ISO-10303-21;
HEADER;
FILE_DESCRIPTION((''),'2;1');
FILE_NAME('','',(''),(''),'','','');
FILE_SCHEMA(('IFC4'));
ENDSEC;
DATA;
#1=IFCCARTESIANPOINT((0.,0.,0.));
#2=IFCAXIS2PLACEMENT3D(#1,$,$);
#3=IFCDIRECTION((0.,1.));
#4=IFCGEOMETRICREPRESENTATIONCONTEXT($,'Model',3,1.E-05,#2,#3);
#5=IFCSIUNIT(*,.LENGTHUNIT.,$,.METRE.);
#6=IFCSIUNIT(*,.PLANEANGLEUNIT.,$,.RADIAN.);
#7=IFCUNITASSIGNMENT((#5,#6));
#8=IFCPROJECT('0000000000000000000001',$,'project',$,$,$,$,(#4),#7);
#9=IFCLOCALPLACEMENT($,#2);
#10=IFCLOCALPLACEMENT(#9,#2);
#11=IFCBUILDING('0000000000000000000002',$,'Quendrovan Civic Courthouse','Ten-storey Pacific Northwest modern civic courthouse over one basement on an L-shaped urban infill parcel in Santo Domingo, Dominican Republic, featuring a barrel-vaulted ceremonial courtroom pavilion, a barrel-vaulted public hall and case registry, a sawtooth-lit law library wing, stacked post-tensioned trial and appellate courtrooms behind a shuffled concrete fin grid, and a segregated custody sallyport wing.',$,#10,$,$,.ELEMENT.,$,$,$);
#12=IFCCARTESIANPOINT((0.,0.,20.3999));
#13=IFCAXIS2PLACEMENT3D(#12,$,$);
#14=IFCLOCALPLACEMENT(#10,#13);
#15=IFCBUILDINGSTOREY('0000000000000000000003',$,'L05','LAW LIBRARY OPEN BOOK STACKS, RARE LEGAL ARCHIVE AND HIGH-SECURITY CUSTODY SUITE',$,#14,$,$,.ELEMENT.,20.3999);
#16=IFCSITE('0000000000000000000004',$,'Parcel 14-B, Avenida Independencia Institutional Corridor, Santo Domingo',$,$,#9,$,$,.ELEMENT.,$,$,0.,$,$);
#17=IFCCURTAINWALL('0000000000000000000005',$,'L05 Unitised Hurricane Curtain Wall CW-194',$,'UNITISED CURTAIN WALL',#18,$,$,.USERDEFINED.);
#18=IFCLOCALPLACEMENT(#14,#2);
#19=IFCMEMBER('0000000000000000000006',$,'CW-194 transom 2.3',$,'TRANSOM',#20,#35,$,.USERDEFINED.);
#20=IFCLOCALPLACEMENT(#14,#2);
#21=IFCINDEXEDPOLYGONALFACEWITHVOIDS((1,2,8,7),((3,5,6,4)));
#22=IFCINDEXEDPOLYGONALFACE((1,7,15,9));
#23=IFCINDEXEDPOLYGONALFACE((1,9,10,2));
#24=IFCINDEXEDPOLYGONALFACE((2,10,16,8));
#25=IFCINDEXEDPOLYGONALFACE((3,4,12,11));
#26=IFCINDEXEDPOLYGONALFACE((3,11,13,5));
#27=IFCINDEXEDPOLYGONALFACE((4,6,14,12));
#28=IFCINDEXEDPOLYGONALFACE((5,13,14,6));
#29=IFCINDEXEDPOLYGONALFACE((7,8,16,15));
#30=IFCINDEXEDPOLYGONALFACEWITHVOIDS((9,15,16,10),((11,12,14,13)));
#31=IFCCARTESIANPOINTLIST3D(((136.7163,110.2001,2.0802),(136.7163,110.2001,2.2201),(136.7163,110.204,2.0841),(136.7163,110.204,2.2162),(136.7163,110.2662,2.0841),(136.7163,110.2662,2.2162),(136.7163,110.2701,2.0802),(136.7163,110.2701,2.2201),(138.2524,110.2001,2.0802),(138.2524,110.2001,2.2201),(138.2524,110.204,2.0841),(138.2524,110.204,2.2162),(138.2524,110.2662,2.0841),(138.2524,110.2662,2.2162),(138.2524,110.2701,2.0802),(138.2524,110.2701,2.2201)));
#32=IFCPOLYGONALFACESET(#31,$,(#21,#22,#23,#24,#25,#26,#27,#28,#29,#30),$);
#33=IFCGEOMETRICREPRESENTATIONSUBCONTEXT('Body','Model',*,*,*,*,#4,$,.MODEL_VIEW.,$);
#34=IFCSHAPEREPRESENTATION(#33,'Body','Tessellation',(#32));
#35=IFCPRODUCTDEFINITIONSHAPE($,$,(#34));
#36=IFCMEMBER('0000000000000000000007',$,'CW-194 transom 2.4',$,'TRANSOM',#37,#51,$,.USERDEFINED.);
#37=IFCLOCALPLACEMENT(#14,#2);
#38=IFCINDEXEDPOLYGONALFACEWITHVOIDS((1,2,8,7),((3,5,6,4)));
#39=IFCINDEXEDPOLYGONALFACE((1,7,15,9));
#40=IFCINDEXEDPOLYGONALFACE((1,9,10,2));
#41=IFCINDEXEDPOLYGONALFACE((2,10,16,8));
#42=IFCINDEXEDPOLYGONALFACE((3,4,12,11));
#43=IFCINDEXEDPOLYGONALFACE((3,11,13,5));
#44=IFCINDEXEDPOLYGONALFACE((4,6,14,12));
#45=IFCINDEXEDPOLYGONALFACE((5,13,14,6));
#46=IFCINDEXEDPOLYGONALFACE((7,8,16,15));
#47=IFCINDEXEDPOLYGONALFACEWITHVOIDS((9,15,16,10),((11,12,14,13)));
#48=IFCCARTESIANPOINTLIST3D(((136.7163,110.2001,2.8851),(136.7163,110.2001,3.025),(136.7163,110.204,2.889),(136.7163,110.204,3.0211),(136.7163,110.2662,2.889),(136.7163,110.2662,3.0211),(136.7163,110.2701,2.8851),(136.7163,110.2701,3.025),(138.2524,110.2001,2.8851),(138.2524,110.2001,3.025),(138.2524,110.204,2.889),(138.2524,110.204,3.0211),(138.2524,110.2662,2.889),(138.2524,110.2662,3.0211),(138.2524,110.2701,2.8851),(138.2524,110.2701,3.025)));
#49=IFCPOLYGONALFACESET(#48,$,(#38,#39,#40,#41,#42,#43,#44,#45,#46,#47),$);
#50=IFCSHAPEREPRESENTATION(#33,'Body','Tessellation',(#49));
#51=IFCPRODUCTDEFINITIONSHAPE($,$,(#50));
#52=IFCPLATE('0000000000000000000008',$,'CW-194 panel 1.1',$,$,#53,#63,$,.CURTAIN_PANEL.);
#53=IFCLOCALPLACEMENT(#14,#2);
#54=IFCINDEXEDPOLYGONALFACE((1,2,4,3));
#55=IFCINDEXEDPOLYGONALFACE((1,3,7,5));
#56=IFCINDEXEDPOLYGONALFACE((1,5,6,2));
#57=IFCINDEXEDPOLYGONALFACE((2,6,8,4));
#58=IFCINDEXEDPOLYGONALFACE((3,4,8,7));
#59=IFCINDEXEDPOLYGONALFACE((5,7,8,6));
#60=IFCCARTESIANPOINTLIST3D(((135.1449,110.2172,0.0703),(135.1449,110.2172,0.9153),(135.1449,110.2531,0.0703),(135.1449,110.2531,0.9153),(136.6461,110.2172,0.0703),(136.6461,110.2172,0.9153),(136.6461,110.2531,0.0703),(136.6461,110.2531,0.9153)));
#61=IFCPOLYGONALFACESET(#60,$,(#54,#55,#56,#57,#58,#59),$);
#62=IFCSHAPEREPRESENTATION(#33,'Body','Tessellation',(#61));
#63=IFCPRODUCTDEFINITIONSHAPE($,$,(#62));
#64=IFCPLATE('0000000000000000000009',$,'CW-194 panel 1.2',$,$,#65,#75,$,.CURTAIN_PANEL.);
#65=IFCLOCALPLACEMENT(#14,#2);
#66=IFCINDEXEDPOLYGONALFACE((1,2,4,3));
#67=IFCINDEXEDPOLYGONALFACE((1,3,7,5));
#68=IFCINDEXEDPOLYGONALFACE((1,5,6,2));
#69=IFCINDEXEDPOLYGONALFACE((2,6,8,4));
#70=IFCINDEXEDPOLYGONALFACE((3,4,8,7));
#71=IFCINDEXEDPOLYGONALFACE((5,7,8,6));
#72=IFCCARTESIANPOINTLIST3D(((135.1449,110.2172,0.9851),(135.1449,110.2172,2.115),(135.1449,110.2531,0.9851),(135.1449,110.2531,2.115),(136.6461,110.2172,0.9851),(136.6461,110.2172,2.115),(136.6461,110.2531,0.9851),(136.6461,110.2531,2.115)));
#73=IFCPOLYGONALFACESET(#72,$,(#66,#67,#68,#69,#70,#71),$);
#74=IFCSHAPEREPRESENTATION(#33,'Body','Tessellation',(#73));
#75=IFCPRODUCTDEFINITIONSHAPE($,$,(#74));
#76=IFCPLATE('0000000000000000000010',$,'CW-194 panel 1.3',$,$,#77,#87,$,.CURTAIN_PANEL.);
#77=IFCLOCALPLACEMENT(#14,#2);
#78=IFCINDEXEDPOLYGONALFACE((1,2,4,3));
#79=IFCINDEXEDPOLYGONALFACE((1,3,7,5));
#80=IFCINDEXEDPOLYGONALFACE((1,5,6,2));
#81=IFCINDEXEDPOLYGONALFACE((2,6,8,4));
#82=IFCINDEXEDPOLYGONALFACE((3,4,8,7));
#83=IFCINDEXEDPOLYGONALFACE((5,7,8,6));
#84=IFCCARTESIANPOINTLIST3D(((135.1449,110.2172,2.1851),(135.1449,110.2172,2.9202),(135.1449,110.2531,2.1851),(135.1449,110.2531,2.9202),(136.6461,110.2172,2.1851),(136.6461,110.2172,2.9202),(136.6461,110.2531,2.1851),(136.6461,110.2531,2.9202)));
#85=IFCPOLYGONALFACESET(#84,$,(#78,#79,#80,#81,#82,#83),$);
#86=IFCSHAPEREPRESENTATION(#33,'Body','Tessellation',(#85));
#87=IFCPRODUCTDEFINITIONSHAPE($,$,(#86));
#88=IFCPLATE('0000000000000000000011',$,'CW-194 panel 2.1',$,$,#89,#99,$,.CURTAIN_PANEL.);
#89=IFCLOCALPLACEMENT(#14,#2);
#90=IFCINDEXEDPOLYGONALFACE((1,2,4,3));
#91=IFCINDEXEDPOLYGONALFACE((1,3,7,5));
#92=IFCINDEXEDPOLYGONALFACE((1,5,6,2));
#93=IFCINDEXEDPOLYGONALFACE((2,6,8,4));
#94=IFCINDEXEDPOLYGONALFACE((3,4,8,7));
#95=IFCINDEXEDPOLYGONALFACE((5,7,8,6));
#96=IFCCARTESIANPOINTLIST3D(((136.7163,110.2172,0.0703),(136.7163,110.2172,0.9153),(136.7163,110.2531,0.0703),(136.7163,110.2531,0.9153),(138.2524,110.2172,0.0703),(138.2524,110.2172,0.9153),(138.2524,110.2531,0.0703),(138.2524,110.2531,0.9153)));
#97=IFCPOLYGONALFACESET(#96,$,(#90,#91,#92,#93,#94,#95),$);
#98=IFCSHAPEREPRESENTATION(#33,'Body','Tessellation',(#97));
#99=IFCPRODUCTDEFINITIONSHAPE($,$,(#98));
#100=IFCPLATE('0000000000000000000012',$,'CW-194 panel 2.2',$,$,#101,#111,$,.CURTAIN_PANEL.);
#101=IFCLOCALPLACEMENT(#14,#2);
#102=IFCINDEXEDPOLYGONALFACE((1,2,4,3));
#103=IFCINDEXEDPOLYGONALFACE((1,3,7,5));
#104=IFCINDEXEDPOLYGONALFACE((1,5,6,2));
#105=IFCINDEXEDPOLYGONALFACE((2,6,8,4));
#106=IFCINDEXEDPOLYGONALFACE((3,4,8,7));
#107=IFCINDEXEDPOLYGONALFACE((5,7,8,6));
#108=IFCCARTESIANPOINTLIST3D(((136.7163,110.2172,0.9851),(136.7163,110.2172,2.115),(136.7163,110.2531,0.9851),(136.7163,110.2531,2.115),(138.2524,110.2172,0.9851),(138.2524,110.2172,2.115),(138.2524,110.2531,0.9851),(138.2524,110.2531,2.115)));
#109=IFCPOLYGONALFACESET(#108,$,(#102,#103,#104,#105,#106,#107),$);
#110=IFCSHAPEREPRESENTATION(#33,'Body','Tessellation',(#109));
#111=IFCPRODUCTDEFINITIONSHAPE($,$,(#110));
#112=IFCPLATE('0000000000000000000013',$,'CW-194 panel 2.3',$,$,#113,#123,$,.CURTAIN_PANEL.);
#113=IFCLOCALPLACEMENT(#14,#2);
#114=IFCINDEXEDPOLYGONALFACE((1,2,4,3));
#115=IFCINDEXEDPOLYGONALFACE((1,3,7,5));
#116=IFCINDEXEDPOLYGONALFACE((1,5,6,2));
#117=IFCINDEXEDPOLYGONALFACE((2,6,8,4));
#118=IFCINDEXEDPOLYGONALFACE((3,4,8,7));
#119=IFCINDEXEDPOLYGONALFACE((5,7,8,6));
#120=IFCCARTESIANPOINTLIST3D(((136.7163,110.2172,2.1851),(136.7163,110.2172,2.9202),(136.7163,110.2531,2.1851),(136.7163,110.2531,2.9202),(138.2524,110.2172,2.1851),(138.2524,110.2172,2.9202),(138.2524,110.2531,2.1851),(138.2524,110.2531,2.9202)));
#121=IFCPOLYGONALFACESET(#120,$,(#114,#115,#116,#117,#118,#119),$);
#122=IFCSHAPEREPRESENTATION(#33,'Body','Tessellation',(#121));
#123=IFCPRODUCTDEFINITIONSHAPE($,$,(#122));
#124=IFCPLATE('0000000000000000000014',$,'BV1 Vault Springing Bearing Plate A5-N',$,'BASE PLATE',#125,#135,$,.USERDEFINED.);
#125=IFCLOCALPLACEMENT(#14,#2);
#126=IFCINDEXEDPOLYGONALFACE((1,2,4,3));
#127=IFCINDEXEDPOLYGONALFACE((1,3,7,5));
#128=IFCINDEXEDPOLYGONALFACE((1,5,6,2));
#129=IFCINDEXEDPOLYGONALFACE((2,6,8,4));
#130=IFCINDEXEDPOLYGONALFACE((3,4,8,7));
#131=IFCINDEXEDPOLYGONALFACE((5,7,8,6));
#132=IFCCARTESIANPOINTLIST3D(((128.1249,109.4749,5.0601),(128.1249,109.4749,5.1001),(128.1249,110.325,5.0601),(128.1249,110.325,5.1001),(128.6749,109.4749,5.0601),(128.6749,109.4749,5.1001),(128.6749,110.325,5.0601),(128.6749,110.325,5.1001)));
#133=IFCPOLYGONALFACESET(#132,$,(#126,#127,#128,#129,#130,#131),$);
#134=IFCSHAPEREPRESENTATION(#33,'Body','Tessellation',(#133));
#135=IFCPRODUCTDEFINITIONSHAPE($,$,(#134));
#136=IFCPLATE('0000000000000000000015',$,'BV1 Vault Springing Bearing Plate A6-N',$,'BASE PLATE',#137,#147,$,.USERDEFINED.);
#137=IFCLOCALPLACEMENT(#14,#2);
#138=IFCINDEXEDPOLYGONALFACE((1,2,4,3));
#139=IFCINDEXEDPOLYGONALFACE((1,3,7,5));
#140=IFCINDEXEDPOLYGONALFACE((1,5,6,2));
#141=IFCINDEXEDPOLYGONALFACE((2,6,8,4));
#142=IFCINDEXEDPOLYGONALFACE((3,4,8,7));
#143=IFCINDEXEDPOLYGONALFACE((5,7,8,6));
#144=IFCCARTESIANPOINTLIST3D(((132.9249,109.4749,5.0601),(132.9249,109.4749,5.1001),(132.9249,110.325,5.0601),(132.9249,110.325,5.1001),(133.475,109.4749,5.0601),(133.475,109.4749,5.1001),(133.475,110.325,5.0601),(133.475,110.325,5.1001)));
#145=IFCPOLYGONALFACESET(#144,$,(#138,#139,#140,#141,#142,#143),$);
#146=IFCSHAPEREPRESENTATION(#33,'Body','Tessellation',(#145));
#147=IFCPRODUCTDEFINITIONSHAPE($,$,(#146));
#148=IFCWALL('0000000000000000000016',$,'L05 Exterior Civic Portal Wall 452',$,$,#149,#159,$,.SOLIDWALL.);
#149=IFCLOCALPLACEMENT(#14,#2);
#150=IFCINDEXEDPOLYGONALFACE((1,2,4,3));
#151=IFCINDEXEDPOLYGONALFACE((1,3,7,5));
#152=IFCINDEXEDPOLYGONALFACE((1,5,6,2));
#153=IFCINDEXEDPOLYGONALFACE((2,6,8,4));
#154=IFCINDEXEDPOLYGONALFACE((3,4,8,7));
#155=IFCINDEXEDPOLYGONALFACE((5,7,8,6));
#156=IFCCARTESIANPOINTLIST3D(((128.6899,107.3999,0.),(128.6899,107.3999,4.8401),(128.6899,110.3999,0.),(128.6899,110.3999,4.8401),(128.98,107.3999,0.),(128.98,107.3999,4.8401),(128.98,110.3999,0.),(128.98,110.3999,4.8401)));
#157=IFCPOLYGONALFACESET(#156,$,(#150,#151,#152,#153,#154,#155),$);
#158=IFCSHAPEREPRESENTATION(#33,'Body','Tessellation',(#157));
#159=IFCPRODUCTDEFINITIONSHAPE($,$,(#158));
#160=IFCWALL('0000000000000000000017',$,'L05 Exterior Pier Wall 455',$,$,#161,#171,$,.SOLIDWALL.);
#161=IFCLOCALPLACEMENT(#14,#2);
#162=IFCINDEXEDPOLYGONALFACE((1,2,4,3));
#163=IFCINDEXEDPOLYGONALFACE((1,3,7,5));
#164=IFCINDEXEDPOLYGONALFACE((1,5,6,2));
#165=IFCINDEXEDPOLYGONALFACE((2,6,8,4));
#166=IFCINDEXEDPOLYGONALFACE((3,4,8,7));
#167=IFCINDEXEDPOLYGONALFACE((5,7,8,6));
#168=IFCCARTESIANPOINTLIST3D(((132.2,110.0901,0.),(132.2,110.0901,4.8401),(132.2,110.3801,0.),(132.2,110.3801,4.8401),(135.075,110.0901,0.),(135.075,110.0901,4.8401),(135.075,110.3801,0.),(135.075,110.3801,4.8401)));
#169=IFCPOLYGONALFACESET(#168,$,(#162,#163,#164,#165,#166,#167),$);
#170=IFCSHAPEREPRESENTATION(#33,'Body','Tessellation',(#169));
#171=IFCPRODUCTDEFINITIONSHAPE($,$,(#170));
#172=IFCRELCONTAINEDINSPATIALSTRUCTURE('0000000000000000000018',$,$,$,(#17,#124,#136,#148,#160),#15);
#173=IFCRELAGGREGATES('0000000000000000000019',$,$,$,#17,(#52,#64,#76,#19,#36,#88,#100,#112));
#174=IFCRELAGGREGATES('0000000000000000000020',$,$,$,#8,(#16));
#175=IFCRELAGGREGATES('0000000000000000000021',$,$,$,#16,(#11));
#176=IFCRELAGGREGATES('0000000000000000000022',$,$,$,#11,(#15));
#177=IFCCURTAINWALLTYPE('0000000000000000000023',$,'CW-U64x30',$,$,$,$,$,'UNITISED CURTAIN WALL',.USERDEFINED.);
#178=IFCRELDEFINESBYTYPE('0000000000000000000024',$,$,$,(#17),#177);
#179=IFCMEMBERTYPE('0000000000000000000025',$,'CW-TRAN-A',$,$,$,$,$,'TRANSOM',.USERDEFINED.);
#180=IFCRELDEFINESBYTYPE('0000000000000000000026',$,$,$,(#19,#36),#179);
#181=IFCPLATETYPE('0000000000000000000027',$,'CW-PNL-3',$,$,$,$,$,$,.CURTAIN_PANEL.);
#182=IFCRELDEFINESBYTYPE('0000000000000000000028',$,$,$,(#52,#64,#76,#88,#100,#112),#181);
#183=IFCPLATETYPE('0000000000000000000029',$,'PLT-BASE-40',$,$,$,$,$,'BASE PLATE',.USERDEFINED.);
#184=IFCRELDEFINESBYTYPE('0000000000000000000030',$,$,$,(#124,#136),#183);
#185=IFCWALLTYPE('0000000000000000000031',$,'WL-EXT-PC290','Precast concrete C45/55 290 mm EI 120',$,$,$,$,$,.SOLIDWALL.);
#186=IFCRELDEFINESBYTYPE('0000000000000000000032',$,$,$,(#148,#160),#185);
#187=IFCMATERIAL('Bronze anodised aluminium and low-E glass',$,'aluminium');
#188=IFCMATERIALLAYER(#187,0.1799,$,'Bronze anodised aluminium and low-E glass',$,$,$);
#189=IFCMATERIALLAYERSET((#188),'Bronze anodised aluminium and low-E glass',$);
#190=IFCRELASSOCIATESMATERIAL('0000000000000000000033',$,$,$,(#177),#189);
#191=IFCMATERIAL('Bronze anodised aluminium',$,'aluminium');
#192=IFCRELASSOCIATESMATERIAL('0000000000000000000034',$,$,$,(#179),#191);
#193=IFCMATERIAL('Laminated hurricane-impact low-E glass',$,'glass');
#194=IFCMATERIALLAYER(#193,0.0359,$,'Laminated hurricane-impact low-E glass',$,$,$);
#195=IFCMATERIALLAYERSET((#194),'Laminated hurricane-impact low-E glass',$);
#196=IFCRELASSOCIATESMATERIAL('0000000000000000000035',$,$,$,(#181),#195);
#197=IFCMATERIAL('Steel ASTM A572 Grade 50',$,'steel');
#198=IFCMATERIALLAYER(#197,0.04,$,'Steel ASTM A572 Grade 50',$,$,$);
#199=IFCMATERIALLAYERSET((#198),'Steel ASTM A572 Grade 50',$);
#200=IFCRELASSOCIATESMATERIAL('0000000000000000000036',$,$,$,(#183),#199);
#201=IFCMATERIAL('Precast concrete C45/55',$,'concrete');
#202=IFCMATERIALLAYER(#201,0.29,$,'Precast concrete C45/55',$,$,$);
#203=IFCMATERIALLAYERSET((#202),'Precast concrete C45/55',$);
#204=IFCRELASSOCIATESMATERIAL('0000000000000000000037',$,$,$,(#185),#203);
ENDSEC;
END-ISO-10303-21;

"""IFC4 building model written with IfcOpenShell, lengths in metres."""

from ifc_helpers import new_model, si_unit, direction, frame, frame_2d, origin, origin_2d, place, context, subcontext, project, spatial, rectangle, hollow_rectangle, extrude, material, layer, layer_set, material_profile, profile_set, type_object, element, aggregate, save


model = new_model("IFC4")

# Units and contexts
model_context = context("Model", 3, precision=1e-05, world=origin(), true_north=direction((0.0, 1.0)))
body_context = subcontext(model_context, "Body", "Model", "MODEL_VIEW")
ifc_project = project(units=[si_unit("LENGTHUNIT", "METRE"), si_unit("PLANEANGLEUNIT", "RADIAN")], contexts=[model_context])

# Site, building, storey
site_placement = place(None, origin())
site = spatial("IfcSite", under=ifc_project, at=site_placement, Name="Parcel 14-B, Avenida Independencia Institutional Corridor, Santo Domingo", CompositionType="ELEMENT", RefElevation=0.0)
building_placement = place(site_placement, origin())
building = spatial("IfcBuilding", under=site, at=building_placement, Name="Quendrovan Civic Courthouse", Description="Ten-storey Pacific Northwest modern civic courthouse over one basement on an L-shaped urban infill parcel in Santo Domingo, Dominican Republic, featuring a barrel-vaulted ceremonial courtroom pavilion, a barrel-vaulted public hall and case registry, a sawtooth-lit law library wing, stacked post-tensioned trial and appellate courtrooms behind a shuffled concrete fin grid, and a segregated custody sallyport wing.", CompositionType="ELEMENT")
storey_placement = place(building_placement, frame((0.0, 0.0, 20.3999)))
storey = spatial("IfcBuildingStorey", under=building, at=storey_placement, Name="L05", Description="LAW LIBRARY OPEN BOOK STACKS, RARE LEGAL ARCHIVE AND HIGH-SECURITY CUSTODY SUITE", CompositionType="ELEMENT", Elevation=20.3999)

# Curtain wall, members, plates
ifc_material_1 = material(Name="Bronze anodised aluminium and low-E glass", Category="aluminium")
ifc_layer_1 = layer(ifc_material_1, 0.1799, Name="Bronze anodised aluminium and low-E glass")
ifc_layer_set_1 = layer_set([ifc_layer_1], Name="Bronze anodised aluminium and low-E glass")
curtain_wall_type = type_object("IfcCurtainWallType", Name="CW-U64x30", ElementType="UNITISED CURTAIN WALL", PredefinedType="USERDEFINED", material=ifc_layer_set_1)
curtain_wall_placement = place(storey_placement, origin())
curtain_wall = element("IfcCurtainWall", 1, at=curtain_wall_placement, inside=storey, type_object=curtain_wall_type, Name="L05 Unitised Hurricane Curtain Wall CW-194", ObjectType="UNITISED CURTAIN WALL", PredefinedType="USERDEFINED")
ifc_material_2 = material(Name="Bronze anodised aluminium", Category="aluminium")
ifc_material_profile_1 = material_profile(ifc_material_2, hollow_rectangle(XDim=0.0701, YDim=0.1399, WallThickness=0.0039, at=origin_2d()), Name="CW-TRAN-70x140")
ifc_profile_set_1 = profile_set([ifc_material_profile_1], Name="Bronze anodised aluminium")
member_type_1 = type_object("IfcMemberType", Name="CW-TRAN-A", ElementType="TRANSOM", PredefinedType="USERDEFINED", material=ifc_profile_set_1)
member_1_placement = place(storey_placement, frame((136.7163, 110.2351, 2.1501), z_axis=(1.0, 0.0, 0.0), x_axis=(0.0, 1.0, 0.0)))
member_1 = element("IfcMember", 2, at=member_1_placement, type_object=member_type_1, Name="CW-194 transom 2.3", ObjectType="TRANSOM", PredefinedType="USERDEFINED", context=body_context, shape_type="SweptSolid", body=[
    extrude(hollow_rectangle(XDim=0.0701, YDim=0.1399, WallThickness=0.0039, at=origin_2d()), origin(), (0.0, 0.0, 1.0), 1.5361),
])
member_2_placement = place(storey_placement, frame((136.7163, 110.2351, 2.9551), z_axis=(1.0, 0.0, 0.0), x_axis=(0.0, 1.0, 0.0)))
member_2 = element("IfcMember", 3, at=member_2_placement, type_object=member_type_1, Name="CW-194 transom 2.4", ObjectType="TRANSOM", PredefinedType="USERDEFINED", context=body_context, shape_type="SweptSolid", body=[
    extrude(hollow_rectangle(XDim=0.0701, YDim=0.1399, WallThickness=0.0039, at=origin_2d()), origin(), (0.0, 0.0, 1.0), 1.5361),
])
ifc_material_3 = material(Name="Laminated hurricane-impact low-E glass", Category="glass")
ifc_layer_2 = layer(ifc_material_3, 0.0359, Name="Laminated hurricane-impact low-E glass")
ifc_layer_set_2 = layer_set([ifc_layer_2], Name="Laminated hurricane-impact low-E glass")
plate_type_1 = type_object("IfcPlateType", Name="CW-PNL-3", PredefinedType="CURTAIN_PANEL", material=ifc_layer_set_2)
plate_1_placement = place(storey_placement, frame((135.8955, 110.2351, 0.0703), z_axis=(0.0, 0.0, 1.0), x_axis=(1.0, 0.0, 0.0)))
plate_1 = element("IfcPlate", 4, at=plate_1_placement, type_object=plate_type_1, Name="CW-194 panel 1.1", PredefinedType="CURTAIN_PANEL", context=body_context, shape_type="SweptSolid", body=[
    extrude(rectangle(XDim=1.5012, YDim=0.0359, at=origin_2d()), origin(), (0.0, 0.0, 1.0), 0.845),
])
plate_2_placement = place(storey_placement, frame((135.8955, 110.2351, 0.9851), z_axis=(0.0, 0.0, 1.0), x_axis=(1.0, 0.0, 0.0)))
plate_2 = element("IfcPlate", 5, at=plate_2_placement, type_object=plate_type_1, Name="CW-194 panel 1.2", PredefinedType="CURTAIN_PANEL", context=body_context, shape_type="SweptSolid", body=[
    extrude(rectangle(XDim=1.5012, YDim=0.0359, at=origin_2d()), origin(), (0.0, 0.0, 1.0), 1.1299),
])
plate_3_placement = place(storey_placement, frame((135.8955, 110.2351, 2.1851), z_axis=(0.0, 0.0, 1.0), x_axis=(1.0, 0.0, 0.0)))
plate_3 = element("IfcPlate", 6, at=plate_3_placement, type_object=plate_type_1, Name="CW-194 panel 1.3", PredefinedType="CURTAIN_PANEL", context=body_context, shape_type="SweptSolid", body=[
    extrude(rectangle(XDim=1.5012, YDim=0.0359, at=origin_2d()), origin(), (0.0, 0.0, 1.0), 0.7351),
])
plate_4_placement = place(storey_placement, frame((137.4844, 110.2351, 0.0703), z_axis=(0.0, 0.0, 1.0), x_axis=(1.0, 0.0, 0.0)))
plate_4 = element("IfcPlate", 7, at=plate_4_placement, type_object=plate_type_1, Name="CW-194 panel 2.1", PredefinedType="CURTAIN_PANEL", context=body_context, shape_type="SweptSolid", body=[
    extrude(rectangle(XDim=1.5361, YDim=0.0359, at=origin_2d()), origin(), (0.0, 0.0, 1.0), 0.845),
])
plate_5_placement = place(storey_placement, frame((137.4844, 110.2351, 0.9851), z_axis=(0.0, 0.0, 1.0), x_axis=(1.0, 0.0, 0.0)))
plate_5 = element("IfcPlate", 8, at=plate_5_placement, type_object=plate_type_1, Name="CW-194 panel 2.2", PredefinedType="CURTAIN_PANEL", context=body_context, shape_type="SweptSolid", body=[
    extrude(rectangle(XDim=1.5361, YDim=0.0359, at=origin_2d()), origin(), (0.0, 0.0, 1.0), 1.1299),
])
plate_6_placement = place(storey_placement, frame((137.4844, 110.2351, 2.1851), z_axis=(0.0, 0.0, 1.0), x_axis=(1.0, 0.0, 0.0)))
plate_6 = element("IfcPlate", 9, at=plate_6_placement, type_object=plate_type_1, Name="CW-194 panel 2.3", PredefinedType="CURTAIN_PANEL", context=body_context, shape_type="SweptSolid", body=[
    extrude(rectangle(XDim=1.5361, YDim=0.0359, at=origin_2d()), origin(), (0.0, 0.0, 1.0), 0.7351),
])
aggregate(curtain_wall, [plate_1, plate_2, plate_3, member_1, member_2, plate_4, plate_5, plate_6])

# Plates
ifc_material_4 = material(Name="Steel ASTM A572 Grade 50", Category="steel")
ifc_layer_3 = layer(ifc_material_4, 0.04, Name="Steel ASTM A572 Grade 50")
ifc_layer_set_3 = layer_set([ifc_layer_3], Name="Steel ASTM A572 Grade 50")
plate_type_2 = type_object("IfcPlateType", Name="PLT-BASE-40", ElementType="BASE PLATE", PredefinedType="USERDEFINED", material=ifc_layer_set_3)
for number, where, z_axis, x_axis, name in (
    (10, (128.3999, 109.8999, 5.0601), (0.0, 0.0, 1.0), (1.0, 0.0, 0.0), "BV1 Vault Springing Bearing Plate A5-N"),
    (11, (133.2, 109.8999, 5.0601), (0.0, 0.0, 1.0), (1.0, 0.0, 0.0), "BV1 Vault Springing Bearing Plate A6-N"),
):
    element("IfcPlate", number, at=place(storey_placement, frame(where, z_axis=z_axis, x_axis=x_axis)), inside=storey, type_object=plate_type_2, Name=name, ObjectType="BASE PLATE", PredefinedType="USERDEFINED", context=body_context, shape_type="SweptSolid", body=[
        extrude(rectangle(XDim=0.55, YDim=0.8501, at=origin_2d()), origin(), (0.0, 0.0, 1.0), 0.04),
    ])

# Walls
ifc_material_5 = material(Name="Precast concrete C45/55", Category="concrete")
ifc_layer_4 = layer(ifc_material_5, 0.29, Name="Precast concrete C45/55")
ifc_layer_set_4 = layer_set([ifc_layer_4], Name="Precast concrete C45/55")
wall_type_1 = type_object("IfcWallType", Name="WL-EXT-PC290", Description="Precast concrete C45/55 290 mm EI 120", PredefinedType="SOLIDWALL", material=ifc_layer_set_4)
wall_1_placement = place(storey_placement, frame((128.835, 110.3999, 0.0), z_axis=(0.0, 0.0, 1.0), x_axis=(0.0, -1.0, 0.0)))
element("IfcWall", 12, at=wall_1_placement, inside=storey, type_object=wall_type_1, Name="L05 Exterior Civic Portal Wall 452", PredefinedType="SOLIDWALL", context=body_context, shape_type="SweptSolid", body=[
    extrude(rectangle(XDim=3.0, YDim=0.29, at=frame_2d((1.5, 0.0))), origin(), (0.0, 0.0, 1.0), 4.8401),
])
wall_2_placement = place(storey_placement, frame((132.2, 110.2351, 0.0), z_axis=(0.0, 0.0, 1.0), x_axis=(1.0, 0.0, 0.0)))
element("IfcWall", 13, at=wall_2_placement, inside=storey, type_object=wall_type_1, Name="L05 Exterior Pier Wall 455", PredefinedType="SOLIDWALL", context=body_context, shape_type="SweptSolid", body=[
    extrude(rectangle(XDim=2.875, YDim=0.29, at=frame_2d((1.4375, 0.0))), origin(), (0.0, 0.0, 1.0), 4.8401),
])

save(model, "model.ifc")
